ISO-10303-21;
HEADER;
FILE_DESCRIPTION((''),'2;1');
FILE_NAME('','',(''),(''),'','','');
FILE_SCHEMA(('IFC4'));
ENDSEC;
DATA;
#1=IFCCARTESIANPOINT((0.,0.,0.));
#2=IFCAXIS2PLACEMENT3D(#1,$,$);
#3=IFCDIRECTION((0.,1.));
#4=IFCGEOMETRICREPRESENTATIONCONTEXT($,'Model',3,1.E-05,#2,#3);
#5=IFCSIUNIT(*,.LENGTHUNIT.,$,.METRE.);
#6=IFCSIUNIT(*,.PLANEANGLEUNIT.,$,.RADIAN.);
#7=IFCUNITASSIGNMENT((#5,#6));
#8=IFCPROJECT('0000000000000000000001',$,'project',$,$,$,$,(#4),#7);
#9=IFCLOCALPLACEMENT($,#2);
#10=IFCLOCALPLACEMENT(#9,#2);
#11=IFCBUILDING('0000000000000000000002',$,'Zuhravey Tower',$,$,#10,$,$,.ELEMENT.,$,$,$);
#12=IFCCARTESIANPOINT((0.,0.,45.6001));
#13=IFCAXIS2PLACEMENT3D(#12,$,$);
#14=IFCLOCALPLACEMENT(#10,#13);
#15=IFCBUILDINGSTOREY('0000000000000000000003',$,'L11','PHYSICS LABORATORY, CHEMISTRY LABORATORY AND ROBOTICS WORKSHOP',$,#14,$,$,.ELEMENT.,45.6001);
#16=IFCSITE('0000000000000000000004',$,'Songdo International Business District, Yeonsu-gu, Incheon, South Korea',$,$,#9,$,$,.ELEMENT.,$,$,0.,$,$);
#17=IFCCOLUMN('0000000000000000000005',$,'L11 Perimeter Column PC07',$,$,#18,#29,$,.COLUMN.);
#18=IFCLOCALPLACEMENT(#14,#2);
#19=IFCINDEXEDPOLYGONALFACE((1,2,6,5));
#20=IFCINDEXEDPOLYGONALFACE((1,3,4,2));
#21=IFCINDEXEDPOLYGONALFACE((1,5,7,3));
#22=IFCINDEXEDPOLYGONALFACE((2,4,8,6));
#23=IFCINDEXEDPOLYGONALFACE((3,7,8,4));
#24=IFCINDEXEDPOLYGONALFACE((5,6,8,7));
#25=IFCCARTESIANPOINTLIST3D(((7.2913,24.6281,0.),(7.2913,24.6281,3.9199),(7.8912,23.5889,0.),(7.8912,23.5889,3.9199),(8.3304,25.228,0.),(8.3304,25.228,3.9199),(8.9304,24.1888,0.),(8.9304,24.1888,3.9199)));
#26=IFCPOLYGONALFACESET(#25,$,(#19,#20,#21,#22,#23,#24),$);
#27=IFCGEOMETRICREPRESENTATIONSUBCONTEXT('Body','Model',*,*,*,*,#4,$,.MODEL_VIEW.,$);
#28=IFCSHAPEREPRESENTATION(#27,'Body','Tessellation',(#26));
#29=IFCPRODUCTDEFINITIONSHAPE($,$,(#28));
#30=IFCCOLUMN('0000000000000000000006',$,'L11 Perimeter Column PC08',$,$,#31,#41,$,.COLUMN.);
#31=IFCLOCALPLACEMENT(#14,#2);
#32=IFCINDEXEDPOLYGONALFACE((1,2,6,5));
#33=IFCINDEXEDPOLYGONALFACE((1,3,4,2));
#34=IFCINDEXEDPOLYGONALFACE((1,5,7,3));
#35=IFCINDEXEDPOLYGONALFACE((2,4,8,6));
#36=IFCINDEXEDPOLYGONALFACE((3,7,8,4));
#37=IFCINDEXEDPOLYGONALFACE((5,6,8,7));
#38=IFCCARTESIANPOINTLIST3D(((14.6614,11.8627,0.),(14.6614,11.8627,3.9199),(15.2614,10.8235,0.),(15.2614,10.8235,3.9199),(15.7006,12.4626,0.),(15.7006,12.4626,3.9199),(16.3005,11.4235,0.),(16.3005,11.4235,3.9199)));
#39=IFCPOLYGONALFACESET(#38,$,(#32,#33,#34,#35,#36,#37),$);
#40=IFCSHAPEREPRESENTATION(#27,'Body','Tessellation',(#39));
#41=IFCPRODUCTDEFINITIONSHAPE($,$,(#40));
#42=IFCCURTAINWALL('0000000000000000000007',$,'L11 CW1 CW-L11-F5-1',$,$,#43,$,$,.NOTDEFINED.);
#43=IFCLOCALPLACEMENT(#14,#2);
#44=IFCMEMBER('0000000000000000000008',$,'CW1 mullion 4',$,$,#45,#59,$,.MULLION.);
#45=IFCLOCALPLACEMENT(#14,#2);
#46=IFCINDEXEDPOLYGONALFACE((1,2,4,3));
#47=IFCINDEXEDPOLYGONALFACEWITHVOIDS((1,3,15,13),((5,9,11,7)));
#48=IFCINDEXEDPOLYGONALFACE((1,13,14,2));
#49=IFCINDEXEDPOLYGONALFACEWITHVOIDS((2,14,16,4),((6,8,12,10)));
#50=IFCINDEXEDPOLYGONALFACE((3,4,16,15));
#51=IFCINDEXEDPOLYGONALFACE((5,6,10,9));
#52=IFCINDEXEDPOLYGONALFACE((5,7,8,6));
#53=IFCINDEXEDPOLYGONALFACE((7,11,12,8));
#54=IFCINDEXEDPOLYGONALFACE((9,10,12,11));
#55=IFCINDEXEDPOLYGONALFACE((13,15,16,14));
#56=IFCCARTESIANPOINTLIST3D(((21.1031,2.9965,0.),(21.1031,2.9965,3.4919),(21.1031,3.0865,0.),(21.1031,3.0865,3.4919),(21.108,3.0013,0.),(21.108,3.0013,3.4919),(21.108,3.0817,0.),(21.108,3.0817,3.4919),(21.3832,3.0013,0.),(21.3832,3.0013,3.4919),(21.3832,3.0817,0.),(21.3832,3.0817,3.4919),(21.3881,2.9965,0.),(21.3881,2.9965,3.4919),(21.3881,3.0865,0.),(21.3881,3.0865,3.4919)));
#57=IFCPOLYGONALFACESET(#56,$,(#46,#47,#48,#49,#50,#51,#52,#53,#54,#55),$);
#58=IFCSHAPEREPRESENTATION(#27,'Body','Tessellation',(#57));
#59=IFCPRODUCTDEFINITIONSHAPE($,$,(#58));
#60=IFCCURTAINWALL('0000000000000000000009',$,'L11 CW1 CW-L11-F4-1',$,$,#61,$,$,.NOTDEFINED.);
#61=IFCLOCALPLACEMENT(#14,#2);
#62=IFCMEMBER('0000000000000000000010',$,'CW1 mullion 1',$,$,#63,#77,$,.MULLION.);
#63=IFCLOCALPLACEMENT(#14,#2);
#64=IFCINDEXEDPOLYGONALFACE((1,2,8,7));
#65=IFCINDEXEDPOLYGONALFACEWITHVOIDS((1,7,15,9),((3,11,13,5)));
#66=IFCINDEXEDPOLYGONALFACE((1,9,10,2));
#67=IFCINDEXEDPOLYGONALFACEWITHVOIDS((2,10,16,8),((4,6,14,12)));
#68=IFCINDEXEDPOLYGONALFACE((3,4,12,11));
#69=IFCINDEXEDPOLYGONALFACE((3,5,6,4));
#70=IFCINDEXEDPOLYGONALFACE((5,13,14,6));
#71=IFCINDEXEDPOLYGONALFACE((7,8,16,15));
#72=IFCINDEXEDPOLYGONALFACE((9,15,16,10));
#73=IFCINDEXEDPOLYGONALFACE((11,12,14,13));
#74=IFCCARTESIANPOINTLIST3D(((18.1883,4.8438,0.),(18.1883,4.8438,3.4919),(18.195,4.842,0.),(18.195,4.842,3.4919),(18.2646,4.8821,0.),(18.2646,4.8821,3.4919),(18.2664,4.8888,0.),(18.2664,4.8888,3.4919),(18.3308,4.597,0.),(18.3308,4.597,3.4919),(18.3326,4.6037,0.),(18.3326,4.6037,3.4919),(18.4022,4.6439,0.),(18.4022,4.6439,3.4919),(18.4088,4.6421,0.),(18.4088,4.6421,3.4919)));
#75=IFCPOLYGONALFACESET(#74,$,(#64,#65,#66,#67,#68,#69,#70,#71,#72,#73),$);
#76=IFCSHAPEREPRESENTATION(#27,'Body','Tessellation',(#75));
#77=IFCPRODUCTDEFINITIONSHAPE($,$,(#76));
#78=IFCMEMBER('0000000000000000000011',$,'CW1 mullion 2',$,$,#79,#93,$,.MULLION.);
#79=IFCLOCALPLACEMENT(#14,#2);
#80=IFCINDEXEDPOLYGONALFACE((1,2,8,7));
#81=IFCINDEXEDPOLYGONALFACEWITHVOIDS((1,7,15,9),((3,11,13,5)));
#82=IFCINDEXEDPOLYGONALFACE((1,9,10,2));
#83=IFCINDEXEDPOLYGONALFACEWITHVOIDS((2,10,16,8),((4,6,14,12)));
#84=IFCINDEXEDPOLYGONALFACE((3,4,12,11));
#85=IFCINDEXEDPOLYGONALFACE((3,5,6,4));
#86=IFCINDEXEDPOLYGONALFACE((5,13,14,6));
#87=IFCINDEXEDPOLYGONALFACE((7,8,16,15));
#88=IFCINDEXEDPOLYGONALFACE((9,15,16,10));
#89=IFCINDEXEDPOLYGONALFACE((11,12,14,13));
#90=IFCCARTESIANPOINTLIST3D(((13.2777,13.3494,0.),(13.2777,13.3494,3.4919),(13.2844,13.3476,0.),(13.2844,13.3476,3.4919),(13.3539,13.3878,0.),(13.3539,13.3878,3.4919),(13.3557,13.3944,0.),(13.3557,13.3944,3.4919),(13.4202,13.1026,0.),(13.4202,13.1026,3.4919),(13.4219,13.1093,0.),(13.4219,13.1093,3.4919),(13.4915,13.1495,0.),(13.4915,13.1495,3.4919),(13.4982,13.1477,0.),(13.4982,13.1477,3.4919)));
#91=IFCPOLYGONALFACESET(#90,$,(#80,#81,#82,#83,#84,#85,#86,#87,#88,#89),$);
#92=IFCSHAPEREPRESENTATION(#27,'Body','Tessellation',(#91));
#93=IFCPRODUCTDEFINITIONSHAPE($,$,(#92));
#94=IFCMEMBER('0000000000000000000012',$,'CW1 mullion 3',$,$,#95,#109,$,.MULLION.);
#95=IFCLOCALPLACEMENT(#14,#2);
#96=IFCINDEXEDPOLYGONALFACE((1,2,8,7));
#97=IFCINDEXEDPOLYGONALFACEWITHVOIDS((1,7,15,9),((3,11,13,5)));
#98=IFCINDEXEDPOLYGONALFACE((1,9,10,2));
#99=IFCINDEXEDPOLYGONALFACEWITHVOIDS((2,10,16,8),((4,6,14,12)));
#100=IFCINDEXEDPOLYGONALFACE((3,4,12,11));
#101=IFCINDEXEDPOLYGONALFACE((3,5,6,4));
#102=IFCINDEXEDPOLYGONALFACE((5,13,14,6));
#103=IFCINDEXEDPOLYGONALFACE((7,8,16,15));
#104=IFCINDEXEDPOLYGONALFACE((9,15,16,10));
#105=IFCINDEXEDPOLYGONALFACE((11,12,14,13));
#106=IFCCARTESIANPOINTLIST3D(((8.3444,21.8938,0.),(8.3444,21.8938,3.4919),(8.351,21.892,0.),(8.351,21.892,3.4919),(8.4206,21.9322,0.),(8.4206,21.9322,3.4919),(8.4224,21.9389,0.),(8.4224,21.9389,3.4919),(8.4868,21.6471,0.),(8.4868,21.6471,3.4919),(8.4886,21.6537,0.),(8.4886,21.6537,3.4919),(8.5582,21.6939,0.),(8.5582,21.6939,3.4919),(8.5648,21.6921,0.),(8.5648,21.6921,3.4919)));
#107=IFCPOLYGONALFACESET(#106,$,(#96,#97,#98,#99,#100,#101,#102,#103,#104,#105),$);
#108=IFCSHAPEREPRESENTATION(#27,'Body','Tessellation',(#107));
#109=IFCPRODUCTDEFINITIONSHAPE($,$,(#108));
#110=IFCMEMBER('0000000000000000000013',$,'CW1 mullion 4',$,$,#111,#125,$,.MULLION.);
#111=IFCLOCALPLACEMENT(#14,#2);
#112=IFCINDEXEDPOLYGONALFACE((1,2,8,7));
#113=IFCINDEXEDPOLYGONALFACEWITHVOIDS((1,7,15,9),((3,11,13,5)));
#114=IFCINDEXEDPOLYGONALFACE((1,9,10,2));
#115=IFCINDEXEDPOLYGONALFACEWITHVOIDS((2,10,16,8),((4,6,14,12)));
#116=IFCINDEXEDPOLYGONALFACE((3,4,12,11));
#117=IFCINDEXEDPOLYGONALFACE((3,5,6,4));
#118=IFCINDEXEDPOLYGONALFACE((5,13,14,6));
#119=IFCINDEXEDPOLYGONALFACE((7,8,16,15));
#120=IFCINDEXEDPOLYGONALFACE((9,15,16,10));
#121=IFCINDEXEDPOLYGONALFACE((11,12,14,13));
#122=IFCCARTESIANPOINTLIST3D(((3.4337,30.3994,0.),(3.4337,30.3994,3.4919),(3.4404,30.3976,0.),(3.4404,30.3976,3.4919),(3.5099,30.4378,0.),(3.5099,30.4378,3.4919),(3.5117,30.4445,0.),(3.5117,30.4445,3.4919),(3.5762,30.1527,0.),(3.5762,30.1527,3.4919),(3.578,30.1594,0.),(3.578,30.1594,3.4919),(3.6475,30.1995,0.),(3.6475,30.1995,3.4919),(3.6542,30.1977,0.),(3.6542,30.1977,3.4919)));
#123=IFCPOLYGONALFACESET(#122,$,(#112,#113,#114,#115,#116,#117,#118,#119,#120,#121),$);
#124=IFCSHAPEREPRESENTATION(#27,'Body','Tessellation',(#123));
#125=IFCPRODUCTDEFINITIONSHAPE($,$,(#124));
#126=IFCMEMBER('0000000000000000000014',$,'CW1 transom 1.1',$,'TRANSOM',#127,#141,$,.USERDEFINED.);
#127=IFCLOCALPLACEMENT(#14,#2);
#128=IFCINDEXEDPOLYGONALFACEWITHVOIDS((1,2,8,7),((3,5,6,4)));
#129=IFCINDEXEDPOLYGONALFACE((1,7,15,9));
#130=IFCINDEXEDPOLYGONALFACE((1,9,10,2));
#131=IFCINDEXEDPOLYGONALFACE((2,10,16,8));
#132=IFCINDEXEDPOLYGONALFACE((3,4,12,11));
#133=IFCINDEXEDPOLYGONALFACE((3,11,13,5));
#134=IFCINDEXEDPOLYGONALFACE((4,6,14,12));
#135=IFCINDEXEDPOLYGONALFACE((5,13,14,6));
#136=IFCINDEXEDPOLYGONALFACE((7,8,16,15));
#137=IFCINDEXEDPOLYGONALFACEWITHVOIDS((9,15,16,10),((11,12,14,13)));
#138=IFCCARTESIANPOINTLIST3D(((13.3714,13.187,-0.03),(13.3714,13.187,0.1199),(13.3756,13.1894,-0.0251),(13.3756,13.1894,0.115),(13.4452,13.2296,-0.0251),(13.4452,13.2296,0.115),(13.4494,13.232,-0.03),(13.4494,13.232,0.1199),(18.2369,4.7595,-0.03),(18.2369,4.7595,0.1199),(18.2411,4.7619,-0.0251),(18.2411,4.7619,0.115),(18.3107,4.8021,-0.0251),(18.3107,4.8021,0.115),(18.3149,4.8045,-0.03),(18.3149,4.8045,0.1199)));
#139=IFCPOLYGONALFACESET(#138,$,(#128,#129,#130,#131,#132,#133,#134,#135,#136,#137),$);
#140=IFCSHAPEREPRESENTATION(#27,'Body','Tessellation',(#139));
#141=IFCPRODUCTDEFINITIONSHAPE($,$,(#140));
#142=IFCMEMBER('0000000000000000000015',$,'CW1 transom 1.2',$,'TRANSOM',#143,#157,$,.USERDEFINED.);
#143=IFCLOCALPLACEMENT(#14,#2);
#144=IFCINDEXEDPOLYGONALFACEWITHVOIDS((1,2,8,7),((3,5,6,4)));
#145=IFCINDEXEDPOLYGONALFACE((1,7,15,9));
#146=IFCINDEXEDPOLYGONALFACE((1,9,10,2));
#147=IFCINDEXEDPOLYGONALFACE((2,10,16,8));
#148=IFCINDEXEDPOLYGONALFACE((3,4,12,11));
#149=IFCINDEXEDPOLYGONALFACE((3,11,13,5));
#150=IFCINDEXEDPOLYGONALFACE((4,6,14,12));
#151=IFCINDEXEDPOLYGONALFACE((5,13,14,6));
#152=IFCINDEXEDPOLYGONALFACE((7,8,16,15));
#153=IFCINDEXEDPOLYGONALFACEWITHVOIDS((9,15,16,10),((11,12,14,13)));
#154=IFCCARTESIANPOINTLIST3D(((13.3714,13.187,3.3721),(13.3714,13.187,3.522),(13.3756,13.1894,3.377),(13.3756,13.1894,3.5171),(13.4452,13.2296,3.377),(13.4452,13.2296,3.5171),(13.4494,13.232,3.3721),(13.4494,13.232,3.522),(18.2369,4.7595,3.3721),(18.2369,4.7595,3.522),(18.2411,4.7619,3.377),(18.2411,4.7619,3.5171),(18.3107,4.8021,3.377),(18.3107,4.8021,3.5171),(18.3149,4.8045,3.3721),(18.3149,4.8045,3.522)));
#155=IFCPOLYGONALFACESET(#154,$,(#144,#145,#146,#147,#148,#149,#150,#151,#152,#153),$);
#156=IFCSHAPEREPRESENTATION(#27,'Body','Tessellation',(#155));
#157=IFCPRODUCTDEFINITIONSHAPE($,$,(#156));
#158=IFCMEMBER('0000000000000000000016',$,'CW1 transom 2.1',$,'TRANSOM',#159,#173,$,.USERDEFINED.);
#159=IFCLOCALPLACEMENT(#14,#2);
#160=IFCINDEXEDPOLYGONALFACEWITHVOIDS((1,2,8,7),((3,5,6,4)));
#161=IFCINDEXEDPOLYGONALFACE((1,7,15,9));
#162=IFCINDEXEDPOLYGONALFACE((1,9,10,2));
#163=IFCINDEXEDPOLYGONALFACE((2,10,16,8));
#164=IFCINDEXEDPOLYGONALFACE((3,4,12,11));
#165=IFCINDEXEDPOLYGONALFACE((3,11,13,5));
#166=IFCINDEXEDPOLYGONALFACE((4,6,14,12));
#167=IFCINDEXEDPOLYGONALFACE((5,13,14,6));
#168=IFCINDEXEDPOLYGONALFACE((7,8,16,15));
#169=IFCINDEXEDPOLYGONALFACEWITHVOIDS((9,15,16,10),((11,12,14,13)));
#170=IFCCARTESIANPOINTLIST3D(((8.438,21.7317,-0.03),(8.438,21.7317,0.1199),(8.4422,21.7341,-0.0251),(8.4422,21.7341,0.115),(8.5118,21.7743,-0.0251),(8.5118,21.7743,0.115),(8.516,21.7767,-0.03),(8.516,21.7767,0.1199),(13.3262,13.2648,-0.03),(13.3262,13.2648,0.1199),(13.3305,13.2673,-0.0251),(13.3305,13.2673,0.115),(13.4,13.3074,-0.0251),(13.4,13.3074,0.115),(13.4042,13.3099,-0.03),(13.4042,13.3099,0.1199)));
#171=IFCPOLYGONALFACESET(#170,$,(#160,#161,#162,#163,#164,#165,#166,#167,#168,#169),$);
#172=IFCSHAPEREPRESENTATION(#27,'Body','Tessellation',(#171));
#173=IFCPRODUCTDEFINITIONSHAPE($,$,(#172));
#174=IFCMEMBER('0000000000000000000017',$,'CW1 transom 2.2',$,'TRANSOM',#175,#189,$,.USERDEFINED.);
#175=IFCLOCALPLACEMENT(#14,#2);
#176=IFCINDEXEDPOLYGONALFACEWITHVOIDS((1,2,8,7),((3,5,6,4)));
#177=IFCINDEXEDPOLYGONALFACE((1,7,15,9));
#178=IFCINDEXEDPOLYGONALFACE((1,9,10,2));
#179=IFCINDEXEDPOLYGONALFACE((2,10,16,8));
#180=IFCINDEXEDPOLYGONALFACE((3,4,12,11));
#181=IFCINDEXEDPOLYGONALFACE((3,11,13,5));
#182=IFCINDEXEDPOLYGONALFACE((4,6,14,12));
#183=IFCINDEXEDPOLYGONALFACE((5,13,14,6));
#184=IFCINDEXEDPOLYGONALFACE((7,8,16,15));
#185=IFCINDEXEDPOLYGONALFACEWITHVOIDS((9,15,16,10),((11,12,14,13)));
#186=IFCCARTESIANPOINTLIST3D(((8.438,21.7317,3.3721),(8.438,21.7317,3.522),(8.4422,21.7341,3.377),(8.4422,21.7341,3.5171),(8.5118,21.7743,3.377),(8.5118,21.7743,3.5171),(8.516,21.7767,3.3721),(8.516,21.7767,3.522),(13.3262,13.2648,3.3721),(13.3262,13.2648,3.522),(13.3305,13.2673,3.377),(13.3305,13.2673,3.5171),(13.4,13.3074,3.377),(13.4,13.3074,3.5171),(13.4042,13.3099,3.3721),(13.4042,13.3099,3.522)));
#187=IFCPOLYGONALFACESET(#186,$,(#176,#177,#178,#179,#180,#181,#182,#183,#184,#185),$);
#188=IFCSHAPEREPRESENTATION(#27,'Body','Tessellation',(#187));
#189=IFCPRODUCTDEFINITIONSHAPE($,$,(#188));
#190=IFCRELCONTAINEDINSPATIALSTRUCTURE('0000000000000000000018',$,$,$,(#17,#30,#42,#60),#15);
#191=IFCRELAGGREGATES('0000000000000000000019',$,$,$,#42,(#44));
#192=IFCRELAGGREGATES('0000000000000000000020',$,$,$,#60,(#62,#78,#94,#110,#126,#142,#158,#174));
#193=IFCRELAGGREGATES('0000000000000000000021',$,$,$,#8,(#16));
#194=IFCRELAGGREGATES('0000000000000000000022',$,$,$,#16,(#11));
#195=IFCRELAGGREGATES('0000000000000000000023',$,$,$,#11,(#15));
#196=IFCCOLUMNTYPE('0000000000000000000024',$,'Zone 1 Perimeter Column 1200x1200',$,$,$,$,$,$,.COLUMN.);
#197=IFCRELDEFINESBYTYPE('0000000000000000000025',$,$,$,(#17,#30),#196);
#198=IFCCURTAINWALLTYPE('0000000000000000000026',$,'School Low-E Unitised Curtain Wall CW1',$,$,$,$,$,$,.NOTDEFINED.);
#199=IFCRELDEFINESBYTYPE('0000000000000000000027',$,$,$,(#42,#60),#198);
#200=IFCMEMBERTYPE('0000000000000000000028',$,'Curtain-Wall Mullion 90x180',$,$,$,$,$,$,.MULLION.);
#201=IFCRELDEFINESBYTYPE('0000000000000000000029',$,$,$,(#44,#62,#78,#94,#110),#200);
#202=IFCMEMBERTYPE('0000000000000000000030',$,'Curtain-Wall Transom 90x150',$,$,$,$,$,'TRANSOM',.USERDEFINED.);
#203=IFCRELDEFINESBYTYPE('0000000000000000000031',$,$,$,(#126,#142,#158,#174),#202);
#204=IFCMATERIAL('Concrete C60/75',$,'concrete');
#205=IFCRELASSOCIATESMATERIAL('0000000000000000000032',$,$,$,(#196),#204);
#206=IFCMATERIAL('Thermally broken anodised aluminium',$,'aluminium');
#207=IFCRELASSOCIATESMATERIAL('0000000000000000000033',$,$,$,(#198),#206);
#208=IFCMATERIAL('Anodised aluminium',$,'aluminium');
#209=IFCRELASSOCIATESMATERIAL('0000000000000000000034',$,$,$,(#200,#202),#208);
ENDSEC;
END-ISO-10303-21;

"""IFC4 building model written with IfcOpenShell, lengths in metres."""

from ifc_helpers import new_model, si_unit, direction, frame, origin, origin_2d, place, context, subcontext, project, spatial, rectangle, hollow_rectangle, extrude, material, material_profile, profile_set, type_object, element, aggregate, save


model = new_model("IFC4")

# Units and contexts
model_context = context("Model", 3, precision=1e-05, world=origin(), true_north=direction((0.0, 1.0)))
body_context = subcontext(model_context, "Body", "Model", "MODEL_VIEW")
ifc_project = project(units=[si_unit("LENGTHUNIT", "METRE"), si_unit("PLANEANGLEUNIT", "RADIAN")], contexts=[model_context])

# Site, building, storey
site_placement = place(None, origin())
site = spatial("IfcSite", under=ifc_project, at=site_placement, Name="Songdo International Business District, Yeonsu-gu, Incheon, South Korea", CompositionType="ELEMENT", RefElevation=0.0)
building_placement = place(site_placement, origin())
building = spatial("IfcBuilding", under=site, at=building_placement, Name="Zuhravey Tower", CompositionType="ELEMENT")
storey_placement = place(building_placement, frame((0.0, 0.0, 45.6001)))
storey = spatial("IfcBuildingStorey", under=building, at=storey_placement, Name="L11", Description="PHYSICS LABORATORY, CHEMISTRY LABORATORY AND ROBOTICS WORKSHOP", CompositionType="ELEMENT", Elevation=45.6001)

# Columns
ifc_material_1 = material(Name="Concrete C60/75", Category="concrete")
ifc_material_profile_1 = material_profile(ifc_material_1, rectangle(XDim=1.2, YDim=1.2, at=origin_2d()), Name="RC-1200x1200")
ifc_profile_set_1 = profile_set([ifc_material_profile_1], Name="Concrete C60/75")
column_type = type_object("IfcColumnType", Name="Zone 1 Perimeter Column 1200x1200", PredefinedType="COLUMN", material=ifc_profile_set_1)
for number, where, z_axis, x_axis, name in (
    (1, (8.1108, 24.4084, 0.0), (0.0, 0.0, 1.0), (0.5, -0.866025, 0.0), "L11 Perimeter Column PC07"),
    (2, (15.481, 11.6431, 0.0), (0.0, 0.0, 1.0), (0.5, -0.866025, 0.0), "L11 Perimeter Column PC08"),
):
    element("IfcColumn", number, at=place(storey_placement, frame(where, z_axis=z_axis, x_axis=x_axis)), inside=storey, type_object=column_type, Name=name, PredefinedType="COLUMN", context=body_context, shape_type="SweptSolid", body=[
        extrude(rectangle(XDim=1.2, YDim=1.2, at=origin_2d()), origin(), (0.0, 0.0, 1.0), 3.9199),
    ])

# Curtain wall, member
ifc_material_2 = material(Name="Thermally broken anodised aluminium", Category="aluminium")
curtain_wall_type = type_object("IfcCurtainWallType", Name="School Low-E Unitised Curtain Wall CW1", PredefinedType="NOTDEFINED", material=ifc_material_2)
curtain_wall_1_placement = place(storey_placement, origin())
curtain_wall_1 = element("IfcCurtainWall", 3, at=curtain_wall_1_placement, inside=storey, type_object=curtain_wall_type, Name="L11 CW1 CW-L11-F5-1", PredefinedType="NOTDEFINED")
ifc_material_3 = material(Name="Anodised aluminium", Category="aluminium")
ifc_material_profile_2 = material_profile(ifc_material_3, hollow_rectangle(XDim=0.0901, YDim=0.2849, WallThickness=0.0049, at=origin_2d()), Name="ALU-RHS-90x285x5")
ifc_profile_set_2 = profile_set([ifc_material_profile_2], Name="Anodised aluminium")
member_type_1 = type_object("IfcMemberType", Name="Curtain-Wall Mullion 90x180", PredefinedType="MULLION", material=ifc_profile_set_2)
member_1_placement = place(storey_placement, frame((21.2456, 3.0415, 0.0), z_axis=(0.0, 0.0, 1.0), x_axis=(0.0, -1.0, 0.0)))
member_1 = element("IfcMember", 4, at=member_1_placement, type_object=member_type_1, Name="CW1 mullion 4", PredefinedType="MULLION", context=body_context, shape_type="SweptSolid", body=[
    extrude(hollow_rectangle(XDim=0.0901, YDim=0.2849, WallThickness=0.0049, at=origin_2d()), origin(), (0.0, 0.0, 1.0), 3.4919),
])
aggregate(curtain_wall_1, [member_1])

# Curtain wall, members
curtain_wall_2_placement = place(storey_placement, origin())
curtain_wall_2 = element("IfcCurtainWall", 5, at=curtain_wall_2_placement, inside=storey, type_object=curtain_wall_type, Name="L11 CW1 CW-L11-F4-1", PredefinedType="NOTDEFINED")
member_2_placement = place(storey_placement, frame((18.2986, 4.7429, 0.0), z_axis=(0.0, 0.0, 1.0), x_axis=(-0.866026, -0.5, 0.0)))
member_2 = element("IfcMember", 6, at=member_2_placement, type_object=member_type_1, Name="CW1 mullion 1", PredefinedType="MULLION", context=body_context, shape_type="SweptSolid", body=[
    extrude(hollow_rectangle(XDim=0.0901, YDim=0.2849, WallThickness=0.0049, at=origin_2d()), origin(), (0.0, 0.0, 1.0), 3.4919),
])
member_3_placement = place(storey_placement, frame((13.3879, 13.2485, 0.0), z_axis=(0.0, 0.0, 1.0), x_axis=(-0.866026, -0.5, 0.0)))
member_3 = element("IfcMember", 7, at=member_3_placement, type_object=member_type_1, Name="CW1 mullion 2", PredefinedType="MULLION", context=body_context, shape_type="SweptSolid", body=[
    extrude(hollow_rectangle(XDim=0.0901, YDim=0.2849, WallThickness=0.0049, at=origin_2d()), origin(), (0.0, 0.0, 1.0), 3.4919),
])
member_4_placement = place(storey_placement, frame((8.4546, 21.793, 0.0), z_axis=(0.0, 0.0, 1.0), x_axis=(-0.866026, -0.5, 0.0)))
member_4 = element("IfcMember", 8, at=member_4_placement, type_object=member_type_1, Name="CW1 mullion 3", PredefinedType="MULLION", context=body_context, shape_type="SweptSolid", body=[
    extrude(hollow_rectangle(XDim=0.0901, YDim=0.2849, WallThickness=0.0049, at=origin_2d()), origin(), (0.0, 0.0, 1.0), 3.4919),
])
member_5_placement = place(storey_placement, frame((3.5439, 30.2986, 0.0), z_axis=(0.0, 0.0, 1.0), x_axis=(-0.866026, -0.5, 0.0)))
member_5 = element("IfcMember", 9, at=member_5_placement, type_object=member_type_1, Name="CW1 mullion 4", PredefinedType="MULLION", context=body_context, shape_type="SweptSolid", body=[
    extrude(hollow_rectangle(XDim=0.0901, YDim=0.2849, WallThickness=0.0049, at=origin_2d()), origin(), (0.0, 0.0, 1.0), 3.4919),
])
ifc_material_profile_3 = material_profile(ifc_material_3, hollow_rectangle(XDim=0.0901, YDim=0.1499, WallThickness=0.0049, at=origin_2d()), Name="ALU-RHS-90x150x5")
ifc_profile_set_3 = profile_set([ifc_material_profile_3], Name="Anodised aluminium")
member_type_2 = type_object("IfcMemberType", Name="Curtain-Wall Transom 90x150", ElementType="TRANSOM", PredefinedType="USERDEFINED", material=ifc_profile_set_3)
member_6_placement = place(storey_placement, frame((18.2759, 4.782, 0.0449), z_axis=(-0.49999, 0.866031, 0.0), x_axis=(-0.866031, -0.49999, 0.0)))
member_6 = element("IfcMember", 10, at=member_6_placement, type_object=member_type_2, Name="CW1 transom 1.1", ObjectType="TRANSOM", PredefinedType="USERDEFINED", context=body_context, shape_type="SweptSolid", body=[
    extrude(hollow_rectangle(XDim=0.0901, YDim=0.1499, WallThickness=0.0049, at=origin_2d()), origin(), (0.0, 0.0, 1.0), 9.7312),
])
member_7_placement = place(storey_placement, frame((18.2759, 4.782, 3.447), z_axis=(-0.49999, 0.866031, 0.0), x_axis=(-0.866031, -0.49999, 0.0)))
member_7 = element("IfcMember", 11, at=member_7_placement, type_object=member_type_2, Name="CW1 transom 1.2", ObjectType="TRANSOM", PredefinedType="USERDEFINED", context=body_context, shape_type="SweptSolid", body=[
    extrude(hollow_rectangle(XDim=0.0901, YDim=0.1499, WallThickness=0.0049, at=origin_2d()), origin(), (0.0, 0.0, 1.0), 9.7312),
])
member_8_placement = place(storey_placement, frame((13.3652, 13.2874, 0.0449), z_axis=(-0.49999, 0.866031, 0.0), x_axis=(-0.866031, -0.49999, 0.0)))
member_8 = element("IfcMember", 12, at=member_8_placement, type_object=member_type_2, Name="CW1 transom 2.1", ObjectType="TRANSOM", PredefinedType="USERDEFINED", context=body_context, shape_type="SweptSolid", body=[
    extrude(hollow_rectangle(XDim=0.0901, YDim=0.1499, WallThickness=0.0049, at=origin_2d()), origin(), (0.0, 0.0, 1.0), 9.7766),
])
member_9_placement = place(storey_placement, frame((13.3652, 13.2874, 3.447), z_axis=(-0.49999, 0.866031, 0.0), x_axis=(-0.866031, -0.49999, 0.0)))
member_9 = element("IfcMember", 13, at=member_9_placement, type_object=member_type_2, Name="CW1 transom 2.2", ObjectType="TRANSOM", PredefinedType="USERDEFINED", context=body_context, shape_type="SweptSolid", body=[
    extrude(hollow_rectangle(XDim=0.0901, YDim=0.1499, WallThickness=0.0049, at=origin_2d()), origin(), (0.0, 0.0, 1.0), 9.7766),
])

aggregate(curtain_wall_2, [member_2, member_3, member_4, member_5, member_6, member_7, member_8, member_9])

save(model, "model.ifc")
